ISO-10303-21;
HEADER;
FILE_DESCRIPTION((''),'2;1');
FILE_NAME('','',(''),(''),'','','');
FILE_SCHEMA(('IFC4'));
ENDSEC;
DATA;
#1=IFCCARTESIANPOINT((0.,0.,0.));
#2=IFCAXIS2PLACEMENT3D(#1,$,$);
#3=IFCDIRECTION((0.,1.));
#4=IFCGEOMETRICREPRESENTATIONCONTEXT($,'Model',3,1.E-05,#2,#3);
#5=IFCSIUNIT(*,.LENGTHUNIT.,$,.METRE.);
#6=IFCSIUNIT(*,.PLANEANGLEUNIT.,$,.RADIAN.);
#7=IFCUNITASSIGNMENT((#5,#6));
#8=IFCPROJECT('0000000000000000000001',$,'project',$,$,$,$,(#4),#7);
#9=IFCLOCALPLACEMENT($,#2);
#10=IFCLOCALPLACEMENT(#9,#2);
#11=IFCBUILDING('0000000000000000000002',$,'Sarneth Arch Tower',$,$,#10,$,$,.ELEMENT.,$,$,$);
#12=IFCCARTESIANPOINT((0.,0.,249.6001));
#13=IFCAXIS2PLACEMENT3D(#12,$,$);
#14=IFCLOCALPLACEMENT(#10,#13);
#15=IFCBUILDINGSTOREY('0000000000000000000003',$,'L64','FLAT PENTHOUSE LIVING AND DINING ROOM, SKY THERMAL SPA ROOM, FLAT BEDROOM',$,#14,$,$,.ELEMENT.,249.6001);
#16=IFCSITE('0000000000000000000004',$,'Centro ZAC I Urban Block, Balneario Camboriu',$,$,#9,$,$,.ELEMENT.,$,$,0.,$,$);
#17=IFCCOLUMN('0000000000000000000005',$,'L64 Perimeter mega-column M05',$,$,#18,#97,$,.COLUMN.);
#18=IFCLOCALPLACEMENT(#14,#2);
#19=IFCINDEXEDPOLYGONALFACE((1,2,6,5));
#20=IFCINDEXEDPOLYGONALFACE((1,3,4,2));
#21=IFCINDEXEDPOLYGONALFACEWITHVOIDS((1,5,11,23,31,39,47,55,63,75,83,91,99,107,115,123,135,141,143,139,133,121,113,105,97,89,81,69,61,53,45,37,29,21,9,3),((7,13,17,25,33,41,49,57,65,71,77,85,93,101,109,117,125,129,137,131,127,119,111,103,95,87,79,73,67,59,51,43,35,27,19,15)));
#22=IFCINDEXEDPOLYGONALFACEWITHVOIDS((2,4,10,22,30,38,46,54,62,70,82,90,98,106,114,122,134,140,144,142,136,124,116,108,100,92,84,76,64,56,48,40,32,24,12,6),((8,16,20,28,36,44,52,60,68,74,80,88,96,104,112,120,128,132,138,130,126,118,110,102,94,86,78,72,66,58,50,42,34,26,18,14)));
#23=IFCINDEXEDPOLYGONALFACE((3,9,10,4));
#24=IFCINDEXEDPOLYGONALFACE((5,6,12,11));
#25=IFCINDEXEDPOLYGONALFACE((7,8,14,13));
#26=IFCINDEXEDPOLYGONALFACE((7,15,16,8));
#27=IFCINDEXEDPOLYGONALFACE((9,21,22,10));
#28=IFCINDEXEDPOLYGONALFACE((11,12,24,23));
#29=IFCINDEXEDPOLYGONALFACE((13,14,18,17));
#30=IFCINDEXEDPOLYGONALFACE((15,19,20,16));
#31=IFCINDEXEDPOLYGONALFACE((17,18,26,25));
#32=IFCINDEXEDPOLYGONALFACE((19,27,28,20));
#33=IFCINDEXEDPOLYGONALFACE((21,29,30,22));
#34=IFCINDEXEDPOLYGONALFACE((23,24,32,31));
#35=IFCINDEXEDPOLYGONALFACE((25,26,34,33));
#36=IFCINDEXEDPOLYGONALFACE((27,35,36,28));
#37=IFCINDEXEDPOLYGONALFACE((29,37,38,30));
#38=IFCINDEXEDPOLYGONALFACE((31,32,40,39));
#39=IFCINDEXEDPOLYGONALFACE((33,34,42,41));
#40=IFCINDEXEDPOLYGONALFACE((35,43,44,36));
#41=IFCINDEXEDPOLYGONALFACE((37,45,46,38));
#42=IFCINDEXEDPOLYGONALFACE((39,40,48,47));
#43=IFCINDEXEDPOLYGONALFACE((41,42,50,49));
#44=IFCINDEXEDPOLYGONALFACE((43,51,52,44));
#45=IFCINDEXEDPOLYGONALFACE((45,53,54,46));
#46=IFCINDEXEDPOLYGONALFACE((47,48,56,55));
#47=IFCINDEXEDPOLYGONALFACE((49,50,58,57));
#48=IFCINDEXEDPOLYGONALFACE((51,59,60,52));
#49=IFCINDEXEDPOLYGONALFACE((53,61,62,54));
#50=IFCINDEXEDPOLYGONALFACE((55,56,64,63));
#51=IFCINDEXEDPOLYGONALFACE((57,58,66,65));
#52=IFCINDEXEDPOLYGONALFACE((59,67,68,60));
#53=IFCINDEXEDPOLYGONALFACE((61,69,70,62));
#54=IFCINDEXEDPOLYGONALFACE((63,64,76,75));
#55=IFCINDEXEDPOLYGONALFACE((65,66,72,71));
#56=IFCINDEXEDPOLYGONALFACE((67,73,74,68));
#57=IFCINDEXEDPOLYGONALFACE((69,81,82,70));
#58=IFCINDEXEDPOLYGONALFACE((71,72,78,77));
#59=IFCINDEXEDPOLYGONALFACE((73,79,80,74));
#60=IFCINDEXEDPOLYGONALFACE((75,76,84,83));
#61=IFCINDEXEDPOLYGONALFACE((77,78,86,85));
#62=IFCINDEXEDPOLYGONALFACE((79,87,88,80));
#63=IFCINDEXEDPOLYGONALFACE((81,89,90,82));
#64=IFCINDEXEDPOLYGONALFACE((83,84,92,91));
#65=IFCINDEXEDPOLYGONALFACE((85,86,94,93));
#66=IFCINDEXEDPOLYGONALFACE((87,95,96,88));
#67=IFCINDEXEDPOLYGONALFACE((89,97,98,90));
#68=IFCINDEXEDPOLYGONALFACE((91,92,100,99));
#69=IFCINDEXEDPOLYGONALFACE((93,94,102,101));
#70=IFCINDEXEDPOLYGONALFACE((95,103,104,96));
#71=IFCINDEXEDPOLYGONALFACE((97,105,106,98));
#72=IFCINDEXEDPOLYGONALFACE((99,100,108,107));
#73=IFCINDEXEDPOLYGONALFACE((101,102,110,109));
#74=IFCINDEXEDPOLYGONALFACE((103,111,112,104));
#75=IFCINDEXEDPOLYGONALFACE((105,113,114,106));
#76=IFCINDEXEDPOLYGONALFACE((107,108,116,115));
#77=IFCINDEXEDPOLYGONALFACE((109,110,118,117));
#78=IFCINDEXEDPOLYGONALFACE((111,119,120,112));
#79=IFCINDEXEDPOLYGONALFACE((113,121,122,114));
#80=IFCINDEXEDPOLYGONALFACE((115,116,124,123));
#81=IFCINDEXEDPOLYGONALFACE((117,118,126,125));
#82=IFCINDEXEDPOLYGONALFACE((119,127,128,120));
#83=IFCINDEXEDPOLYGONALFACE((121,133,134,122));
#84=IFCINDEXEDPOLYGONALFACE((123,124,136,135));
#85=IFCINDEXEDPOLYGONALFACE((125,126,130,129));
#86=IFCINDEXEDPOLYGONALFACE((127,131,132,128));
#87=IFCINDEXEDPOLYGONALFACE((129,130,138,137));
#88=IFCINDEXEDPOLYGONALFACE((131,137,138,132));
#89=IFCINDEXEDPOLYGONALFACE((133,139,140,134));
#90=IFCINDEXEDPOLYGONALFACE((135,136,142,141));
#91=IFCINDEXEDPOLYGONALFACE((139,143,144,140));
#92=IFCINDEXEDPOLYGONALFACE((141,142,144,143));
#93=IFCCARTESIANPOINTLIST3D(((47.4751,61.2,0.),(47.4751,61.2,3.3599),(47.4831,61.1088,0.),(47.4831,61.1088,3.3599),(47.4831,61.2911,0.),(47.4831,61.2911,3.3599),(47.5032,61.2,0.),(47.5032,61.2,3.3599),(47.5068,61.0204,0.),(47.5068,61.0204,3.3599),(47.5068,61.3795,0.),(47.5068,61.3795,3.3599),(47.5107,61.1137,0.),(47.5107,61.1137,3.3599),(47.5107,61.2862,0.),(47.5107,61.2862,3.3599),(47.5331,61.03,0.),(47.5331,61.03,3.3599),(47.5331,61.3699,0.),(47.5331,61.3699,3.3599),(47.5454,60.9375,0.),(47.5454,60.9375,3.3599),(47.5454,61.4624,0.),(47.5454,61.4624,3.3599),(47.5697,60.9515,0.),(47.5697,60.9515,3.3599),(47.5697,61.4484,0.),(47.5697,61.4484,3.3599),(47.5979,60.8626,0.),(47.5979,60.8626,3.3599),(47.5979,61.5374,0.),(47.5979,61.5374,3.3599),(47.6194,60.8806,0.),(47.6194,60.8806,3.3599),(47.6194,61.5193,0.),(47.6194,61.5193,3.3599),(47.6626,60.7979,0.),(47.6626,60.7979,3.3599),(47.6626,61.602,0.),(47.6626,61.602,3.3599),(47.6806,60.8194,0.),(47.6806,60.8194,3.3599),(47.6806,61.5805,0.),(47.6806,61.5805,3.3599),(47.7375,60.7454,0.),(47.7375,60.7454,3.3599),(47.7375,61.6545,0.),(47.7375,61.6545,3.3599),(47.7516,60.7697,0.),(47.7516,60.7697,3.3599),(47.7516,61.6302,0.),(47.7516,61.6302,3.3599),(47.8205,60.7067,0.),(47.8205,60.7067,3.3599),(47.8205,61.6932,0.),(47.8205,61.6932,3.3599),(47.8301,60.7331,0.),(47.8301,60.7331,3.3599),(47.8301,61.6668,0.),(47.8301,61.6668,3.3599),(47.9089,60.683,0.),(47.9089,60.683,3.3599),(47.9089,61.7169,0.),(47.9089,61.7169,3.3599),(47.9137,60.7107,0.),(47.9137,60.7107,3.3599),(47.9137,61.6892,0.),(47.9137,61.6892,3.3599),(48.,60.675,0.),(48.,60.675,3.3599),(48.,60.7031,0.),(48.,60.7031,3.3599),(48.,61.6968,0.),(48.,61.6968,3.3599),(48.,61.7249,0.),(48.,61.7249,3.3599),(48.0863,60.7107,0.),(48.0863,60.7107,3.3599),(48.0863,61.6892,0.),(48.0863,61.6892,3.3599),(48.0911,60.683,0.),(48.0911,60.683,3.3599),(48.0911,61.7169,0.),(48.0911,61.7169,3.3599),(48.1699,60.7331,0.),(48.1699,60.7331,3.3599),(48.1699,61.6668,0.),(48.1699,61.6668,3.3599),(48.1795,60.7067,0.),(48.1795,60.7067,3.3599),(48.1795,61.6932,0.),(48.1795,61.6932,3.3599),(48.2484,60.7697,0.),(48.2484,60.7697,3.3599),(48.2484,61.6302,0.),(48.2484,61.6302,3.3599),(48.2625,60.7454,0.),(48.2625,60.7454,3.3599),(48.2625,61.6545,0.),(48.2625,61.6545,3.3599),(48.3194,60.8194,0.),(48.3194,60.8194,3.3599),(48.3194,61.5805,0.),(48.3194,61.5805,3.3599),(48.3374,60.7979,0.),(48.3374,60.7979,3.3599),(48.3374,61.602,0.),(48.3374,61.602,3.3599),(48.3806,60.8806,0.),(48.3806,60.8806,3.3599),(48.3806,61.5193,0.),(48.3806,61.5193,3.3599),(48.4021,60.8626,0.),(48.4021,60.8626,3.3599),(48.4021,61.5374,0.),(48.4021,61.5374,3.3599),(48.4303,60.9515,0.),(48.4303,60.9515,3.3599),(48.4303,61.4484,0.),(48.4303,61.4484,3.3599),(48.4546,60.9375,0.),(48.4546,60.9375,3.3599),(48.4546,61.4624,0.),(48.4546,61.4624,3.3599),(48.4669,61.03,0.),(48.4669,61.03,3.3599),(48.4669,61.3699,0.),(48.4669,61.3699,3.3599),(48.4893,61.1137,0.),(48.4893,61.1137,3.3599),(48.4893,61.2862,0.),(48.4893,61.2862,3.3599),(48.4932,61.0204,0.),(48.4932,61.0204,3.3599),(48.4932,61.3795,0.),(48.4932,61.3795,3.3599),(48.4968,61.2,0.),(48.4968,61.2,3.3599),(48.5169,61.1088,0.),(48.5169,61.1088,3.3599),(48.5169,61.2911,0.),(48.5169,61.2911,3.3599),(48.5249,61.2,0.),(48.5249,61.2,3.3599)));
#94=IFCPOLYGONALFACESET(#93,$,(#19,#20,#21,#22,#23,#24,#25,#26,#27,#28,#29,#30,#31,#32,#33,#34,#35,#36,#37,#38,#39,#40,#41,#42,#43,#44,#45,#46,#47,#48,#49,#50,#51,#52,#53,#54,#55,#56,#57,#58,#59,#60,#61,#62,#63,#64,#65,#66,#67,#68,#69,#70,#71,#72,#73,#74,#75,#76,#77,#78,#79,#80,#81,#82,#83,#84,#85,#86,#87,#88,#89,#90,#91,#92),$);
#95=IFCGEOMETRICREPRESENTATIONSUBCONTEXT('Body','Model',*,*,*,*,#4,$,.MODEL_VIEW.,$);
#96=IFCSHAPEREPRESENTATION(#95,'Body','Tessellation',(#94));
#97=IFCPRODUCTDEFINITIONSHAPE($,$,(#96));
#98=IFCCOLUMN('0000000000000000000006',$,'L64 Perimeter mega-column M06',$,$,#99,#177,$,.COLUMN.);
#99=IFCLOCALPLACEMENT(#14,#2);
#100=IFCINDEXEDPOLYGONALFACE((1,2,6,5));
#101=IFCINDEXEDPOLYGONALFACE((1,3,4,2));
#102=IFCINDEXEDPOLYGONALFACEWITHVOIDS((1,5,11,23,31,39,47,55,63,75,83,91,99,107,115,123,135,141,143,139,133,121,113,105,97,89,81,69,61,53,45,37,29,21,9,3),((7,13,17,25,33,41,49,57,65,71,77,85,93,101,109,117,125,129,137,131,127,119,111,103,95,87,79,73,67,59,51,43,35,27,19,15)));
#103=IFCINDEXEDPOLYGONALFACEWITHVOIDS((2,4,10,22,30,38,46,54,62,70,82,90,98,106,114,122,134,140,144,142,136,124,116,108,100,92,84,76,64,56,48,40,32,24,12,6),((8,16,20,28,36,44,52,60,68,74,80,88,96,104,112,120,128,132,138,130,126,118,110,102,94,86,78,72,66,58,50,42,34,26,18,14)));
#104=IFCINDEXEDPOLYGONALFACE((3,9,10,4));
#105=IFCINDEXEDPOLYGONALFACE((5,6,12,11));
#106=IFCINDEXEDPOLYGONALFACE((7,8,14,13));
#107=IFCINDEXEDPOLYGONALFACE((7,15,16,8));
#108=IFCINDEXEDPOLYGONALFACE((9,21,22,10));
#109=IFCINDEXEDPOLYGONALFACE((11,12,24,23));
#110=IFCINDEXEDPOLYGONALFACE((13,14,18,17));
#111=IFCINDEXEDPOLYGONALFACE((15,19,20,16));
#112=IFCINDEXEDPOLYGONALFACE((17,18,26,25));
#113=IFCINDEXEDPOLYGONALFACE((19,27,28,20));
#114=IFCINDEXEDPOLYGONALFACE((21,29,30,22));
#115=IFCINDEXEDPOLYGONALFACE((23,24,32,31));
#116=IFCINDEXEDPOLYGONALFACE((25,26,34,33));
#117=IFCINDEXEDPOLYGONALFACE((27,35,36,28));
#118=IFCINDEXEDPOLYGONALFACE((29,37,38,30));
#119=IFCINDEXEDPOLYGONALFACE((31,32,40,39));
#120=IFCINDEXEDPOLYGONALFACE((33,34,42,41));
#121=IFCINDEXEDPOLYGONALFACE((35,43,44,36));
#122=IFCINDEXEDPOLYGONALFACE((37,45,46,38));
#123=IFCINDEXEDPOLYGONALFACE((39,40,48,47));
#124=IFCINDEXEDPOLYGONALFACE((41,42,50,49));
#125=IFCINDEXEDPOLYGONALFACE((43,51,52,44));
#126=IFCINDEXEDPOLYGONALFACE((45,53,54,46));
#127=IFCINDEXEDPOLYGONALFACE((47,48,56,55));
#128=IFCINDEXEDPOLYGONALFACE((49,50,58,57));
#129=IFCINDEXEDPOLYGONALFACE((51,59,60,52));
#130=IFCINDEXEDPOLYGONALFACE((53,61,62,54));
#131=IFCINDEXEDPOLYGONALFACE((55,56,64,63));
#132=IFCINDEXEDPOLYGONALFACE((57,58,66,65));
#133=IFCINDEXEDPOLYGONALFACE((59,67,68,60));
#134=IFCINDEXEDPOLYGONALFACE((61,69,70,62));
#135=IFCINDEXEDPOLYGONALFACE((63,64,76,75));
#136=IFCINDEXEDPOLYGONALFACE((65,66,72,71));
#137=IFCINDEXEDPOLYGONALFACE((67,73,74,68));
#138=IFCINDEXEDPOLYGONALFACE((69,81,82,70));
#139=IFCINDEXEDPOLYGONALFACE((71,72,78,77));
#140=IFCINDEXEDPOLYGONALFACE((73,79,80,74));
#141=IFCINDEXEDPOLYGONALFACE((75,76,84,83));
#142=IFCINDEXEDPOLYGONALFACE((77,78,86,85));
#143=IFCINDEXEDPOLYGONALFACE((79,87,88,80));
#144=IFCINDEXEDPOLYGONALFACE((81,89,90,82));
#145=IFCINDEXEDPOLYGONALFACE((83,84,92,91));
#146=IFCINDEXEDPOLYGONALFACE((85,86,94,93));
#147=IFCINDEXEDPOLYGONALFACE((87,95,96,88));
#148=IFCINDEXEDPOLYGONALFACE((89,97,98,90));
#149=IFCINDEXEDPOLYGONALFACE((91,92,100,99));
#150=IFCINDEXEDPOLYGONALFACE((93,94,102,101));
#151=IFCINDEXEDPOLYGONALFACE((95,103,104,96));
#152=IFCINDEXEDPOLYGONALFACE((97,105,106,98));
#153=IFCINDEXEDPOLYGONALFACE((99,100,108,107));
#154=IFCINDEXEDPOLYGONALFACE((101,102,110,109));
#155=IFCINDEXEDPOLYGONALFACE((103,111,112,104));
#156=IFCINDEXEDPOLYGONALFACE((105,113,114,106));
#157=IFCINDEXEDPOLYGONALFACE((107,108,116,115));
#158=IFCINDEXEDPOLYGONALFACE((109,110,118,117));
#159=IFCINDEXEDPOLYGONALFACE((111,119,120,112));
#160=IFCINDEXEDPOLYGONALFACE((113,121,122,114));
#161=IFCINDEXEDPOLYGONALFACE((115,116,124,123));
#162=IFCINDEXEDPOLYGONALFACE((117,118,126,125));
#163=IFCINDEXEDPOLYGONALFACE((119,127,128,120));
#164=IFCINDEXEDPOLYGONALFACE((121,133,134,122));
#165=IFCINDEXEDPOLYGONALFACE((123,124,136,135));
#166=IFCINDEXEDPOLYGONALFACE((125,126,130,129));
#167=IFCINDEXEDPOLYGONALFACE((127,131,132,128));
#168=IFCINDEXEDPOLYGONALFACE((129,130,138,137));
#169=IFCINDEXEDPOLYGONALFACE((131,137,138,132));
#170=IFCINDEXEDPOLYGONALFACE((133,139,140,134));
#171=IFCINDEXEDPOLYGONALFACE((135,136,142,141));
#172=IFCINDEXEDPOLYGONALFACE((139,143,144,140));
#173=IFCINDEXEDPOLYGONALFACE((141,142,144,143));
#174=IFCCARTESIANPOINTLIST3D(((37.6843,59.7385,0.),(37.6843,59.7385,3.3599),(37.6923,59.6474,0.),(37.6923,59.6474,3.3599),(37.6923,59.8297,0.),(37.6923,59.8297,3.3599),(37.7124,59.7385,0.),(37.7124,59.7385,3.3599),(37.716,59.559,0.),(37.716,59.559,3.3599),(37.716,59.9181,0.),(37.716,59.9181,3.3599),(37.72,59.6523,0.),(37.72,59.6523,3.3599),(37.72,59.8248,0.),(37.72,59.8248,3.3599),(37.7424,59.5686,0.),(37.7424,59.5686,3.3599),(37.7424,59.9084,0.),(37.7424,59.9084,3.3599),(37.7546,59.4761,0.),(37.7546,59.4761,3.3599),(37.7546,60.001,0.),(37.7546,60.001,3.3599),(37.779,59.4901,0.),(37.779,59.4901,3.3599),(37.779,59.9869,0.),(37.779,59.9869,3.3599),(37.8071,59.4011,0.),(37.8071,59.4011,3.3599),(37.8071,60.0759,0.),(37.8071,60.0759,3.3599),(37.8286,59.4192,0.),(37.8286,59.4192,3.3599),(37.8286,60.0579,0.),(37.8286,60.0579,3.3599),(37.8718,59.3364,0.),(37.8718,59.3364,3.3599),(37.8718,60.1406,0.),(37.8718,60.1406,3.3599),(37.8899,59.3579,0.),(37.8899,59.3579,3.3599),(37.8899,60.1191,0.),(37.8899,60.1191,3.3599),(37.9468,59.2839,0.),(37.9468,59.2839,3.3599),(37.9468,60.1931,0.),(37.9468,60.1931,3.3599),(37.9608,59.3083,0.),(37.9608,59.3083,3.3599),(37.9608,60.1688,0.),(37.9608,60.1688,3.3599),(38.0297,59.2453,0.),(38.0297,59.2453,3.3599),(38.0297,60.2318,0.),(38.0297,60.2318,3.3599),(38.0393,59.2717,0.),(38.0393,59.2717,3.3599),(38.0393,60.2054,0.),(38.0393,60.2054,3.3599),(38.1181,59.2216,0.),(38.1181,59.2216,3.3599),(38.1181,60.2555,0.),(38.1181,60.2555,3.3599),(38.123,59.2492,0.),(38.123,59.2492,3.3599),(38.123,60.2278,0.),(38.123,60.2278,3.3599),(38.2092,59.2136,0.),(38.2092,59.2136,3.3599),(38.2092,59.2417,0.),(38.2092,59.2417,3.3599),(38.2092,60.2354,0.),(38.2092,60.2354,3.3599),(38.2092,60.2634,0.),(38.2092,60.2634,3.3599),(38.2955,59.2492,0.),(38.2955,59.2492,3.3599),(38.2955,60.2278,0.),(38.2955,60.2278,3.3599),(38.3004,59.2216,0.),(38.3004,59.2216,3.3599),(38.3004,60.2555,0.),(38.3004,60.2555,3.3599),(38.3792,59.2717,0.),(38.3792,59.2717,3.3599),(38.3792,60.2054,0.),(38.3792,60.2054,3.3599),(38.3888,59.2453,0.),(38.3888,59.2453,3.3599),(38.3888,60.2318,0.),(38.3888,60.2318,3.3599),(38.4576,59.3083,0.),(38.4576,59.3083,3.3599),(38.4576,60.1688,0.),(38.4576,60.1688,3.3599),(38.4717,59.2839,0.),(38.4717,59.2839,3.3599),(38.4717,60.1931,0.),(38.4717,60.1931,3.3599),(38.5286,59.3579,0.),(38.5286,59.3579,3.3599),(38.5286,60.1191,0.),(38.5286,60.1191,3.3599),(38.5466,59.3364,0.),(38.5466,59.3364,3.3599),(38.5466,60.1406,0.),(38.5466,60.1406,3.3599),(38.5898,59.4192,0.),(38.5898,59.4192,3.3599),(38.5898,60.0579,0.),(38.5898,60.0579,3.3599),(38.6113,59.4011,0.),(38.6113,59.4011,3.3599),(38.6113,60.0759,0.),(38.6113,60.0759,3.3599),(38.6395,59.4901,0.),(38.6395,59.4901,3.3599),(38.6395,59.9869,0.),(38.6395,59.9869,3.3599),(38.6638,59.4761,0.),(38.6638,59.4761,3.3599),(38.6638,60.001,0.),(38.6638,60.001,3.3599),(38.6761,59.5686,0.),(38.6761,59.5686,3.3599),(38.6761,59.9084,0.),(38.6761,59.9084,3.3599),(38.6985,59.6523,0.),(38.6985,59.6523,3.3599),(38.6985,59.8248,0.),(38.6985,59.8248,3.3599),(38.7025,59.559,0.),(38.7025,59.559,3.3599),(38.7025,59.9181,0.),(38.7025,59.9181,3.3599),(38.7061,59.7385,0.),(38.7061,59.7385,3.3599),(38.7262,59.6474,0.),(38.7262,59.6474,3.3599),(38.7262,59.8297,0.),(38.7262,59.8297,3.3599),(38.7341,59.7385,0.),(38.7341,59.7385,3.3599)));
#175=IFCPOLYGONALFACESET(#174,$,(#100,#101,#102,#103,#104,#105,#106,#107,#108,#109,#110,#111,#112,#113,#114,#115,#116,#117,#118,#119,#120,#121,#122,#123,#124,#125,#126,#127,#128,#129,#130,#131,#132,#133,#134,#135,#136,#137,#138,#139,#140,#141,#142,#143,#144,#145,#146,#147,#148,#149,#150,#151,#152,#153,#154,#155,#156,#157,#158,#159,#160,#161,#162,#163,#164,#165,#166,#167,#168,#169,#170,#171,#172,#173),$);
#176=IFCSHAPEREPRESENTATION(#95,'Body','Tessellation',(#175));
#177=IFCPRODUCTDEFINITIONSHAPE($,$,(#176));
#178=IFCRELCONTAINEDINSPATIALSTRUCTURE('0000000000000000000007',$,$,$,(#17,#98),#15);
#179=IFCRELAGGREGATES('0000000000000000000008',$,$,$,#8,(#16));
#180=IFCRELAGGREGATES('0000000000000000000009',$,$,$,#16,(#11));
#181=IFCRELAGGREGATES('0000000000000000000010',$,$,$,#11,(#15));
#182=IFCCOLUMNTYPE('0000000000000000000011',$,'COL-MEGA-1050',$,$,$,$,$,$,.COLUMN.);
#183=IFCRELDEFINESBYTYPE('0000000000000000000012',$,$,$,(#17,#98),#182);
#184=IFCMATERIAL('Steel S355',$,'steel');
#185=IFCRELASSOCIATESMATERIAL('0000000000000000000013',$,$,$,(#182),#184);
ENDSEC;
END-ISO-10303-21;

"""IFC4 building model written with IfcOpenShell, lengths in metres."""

from ifc_helpers import new_model, si_unit, direction, frame, origin, origin_2d, place, context, subcontext, project, spatial, hollow_circle, extrude, material, material_profile, profile_set, type_object, element, save


model = new_model("IFC4")

# Units and contexts
model_context = context("Model", 3, precision=1e-05, world=origin(), true_north=direction((0.0, 1.0)))
body_context = subcontext(model_context, "Body", "Model", "MODEL_VIEW")
ifc_project = project(units=[si_unit("LENGTHUNIT", "METRE"), si_unit("PLANEANGLEUNIT", "RADIAN")], contexts=[model_context])

# Site, building, storey
site_placement = place(None, origin())
site = spatial("IfcSite", under=ifc_project, at=site_placement, Name="Centro ZAC I Urban Block, Balneario Camboriu", CompositionType="ELEMENT", RefElevation=0.0)
building_placement = place(site_placement, origin())
building = spatial("IfcBuilding", under=site, at=building_placement, Name="Sarneth Arch Tower", CompositionType="ELEMENT")
storey_placement = place(building_placement, frame((0.0, 0.0, 249.6001)))
storey = spatial("IfcBuildingStorey", under=building, at=storey_placement, Name="L64", Description="FLAT PENTHOUSE LIVING AND DINING ROOM, SKY THERMAL SPA ROOM, FLAT BEDROOM", CompositionType="ELEMENT", Elevation=249.6001)

# Columns
ifc_material_1 = material(Name="Steel S355", Category="steel")
ifc_material_profile_1 = material_profile(ifc_material_1, hollow_circle(Radius=0.5249, WallThickness=0.0281, at=origin_2d()), Name="CHS1050x28")
ifc_profile_set_1 = profile_set([ifc_material_profile_1], Name="Steel S355")
column_type = type_object("IfcColumnType", Name="COL-MEGA-1050", PredefinedType="COLUMN", material=ifc_profile_set_1)
for number, where, z_axis, x_axis, name in (
    (1, (48.0, 61.2, 0.0), (0.0, 0.0, 1.0), (1.0, 0.0, 0.0), "L64 Perimeter mega-column M05"),
    (2, (38.2092, 59.7385, 0.0), (0.0, 0.0, 1.0), (1.0, 0.0, 0.0), "L64 Perimeter mega-column M06"),
):
    element("IfcColumn", number, at=place(storey_placement, frame(where, z_axis=z_axis, x_axis=x_axis)), inside=storey, type_object=column_type, Name=name, PredefinedType="COLUMN", context=body_context, shape_type="SweptSolid", body=[
        extrude(hollow_circle(Radius=0.5249, WallThickness=0.0281, at=origin_2d()), origin(), (0.0, 0.0, 1.0), 3.3599),
    ])

save(model, "model.ifc")
